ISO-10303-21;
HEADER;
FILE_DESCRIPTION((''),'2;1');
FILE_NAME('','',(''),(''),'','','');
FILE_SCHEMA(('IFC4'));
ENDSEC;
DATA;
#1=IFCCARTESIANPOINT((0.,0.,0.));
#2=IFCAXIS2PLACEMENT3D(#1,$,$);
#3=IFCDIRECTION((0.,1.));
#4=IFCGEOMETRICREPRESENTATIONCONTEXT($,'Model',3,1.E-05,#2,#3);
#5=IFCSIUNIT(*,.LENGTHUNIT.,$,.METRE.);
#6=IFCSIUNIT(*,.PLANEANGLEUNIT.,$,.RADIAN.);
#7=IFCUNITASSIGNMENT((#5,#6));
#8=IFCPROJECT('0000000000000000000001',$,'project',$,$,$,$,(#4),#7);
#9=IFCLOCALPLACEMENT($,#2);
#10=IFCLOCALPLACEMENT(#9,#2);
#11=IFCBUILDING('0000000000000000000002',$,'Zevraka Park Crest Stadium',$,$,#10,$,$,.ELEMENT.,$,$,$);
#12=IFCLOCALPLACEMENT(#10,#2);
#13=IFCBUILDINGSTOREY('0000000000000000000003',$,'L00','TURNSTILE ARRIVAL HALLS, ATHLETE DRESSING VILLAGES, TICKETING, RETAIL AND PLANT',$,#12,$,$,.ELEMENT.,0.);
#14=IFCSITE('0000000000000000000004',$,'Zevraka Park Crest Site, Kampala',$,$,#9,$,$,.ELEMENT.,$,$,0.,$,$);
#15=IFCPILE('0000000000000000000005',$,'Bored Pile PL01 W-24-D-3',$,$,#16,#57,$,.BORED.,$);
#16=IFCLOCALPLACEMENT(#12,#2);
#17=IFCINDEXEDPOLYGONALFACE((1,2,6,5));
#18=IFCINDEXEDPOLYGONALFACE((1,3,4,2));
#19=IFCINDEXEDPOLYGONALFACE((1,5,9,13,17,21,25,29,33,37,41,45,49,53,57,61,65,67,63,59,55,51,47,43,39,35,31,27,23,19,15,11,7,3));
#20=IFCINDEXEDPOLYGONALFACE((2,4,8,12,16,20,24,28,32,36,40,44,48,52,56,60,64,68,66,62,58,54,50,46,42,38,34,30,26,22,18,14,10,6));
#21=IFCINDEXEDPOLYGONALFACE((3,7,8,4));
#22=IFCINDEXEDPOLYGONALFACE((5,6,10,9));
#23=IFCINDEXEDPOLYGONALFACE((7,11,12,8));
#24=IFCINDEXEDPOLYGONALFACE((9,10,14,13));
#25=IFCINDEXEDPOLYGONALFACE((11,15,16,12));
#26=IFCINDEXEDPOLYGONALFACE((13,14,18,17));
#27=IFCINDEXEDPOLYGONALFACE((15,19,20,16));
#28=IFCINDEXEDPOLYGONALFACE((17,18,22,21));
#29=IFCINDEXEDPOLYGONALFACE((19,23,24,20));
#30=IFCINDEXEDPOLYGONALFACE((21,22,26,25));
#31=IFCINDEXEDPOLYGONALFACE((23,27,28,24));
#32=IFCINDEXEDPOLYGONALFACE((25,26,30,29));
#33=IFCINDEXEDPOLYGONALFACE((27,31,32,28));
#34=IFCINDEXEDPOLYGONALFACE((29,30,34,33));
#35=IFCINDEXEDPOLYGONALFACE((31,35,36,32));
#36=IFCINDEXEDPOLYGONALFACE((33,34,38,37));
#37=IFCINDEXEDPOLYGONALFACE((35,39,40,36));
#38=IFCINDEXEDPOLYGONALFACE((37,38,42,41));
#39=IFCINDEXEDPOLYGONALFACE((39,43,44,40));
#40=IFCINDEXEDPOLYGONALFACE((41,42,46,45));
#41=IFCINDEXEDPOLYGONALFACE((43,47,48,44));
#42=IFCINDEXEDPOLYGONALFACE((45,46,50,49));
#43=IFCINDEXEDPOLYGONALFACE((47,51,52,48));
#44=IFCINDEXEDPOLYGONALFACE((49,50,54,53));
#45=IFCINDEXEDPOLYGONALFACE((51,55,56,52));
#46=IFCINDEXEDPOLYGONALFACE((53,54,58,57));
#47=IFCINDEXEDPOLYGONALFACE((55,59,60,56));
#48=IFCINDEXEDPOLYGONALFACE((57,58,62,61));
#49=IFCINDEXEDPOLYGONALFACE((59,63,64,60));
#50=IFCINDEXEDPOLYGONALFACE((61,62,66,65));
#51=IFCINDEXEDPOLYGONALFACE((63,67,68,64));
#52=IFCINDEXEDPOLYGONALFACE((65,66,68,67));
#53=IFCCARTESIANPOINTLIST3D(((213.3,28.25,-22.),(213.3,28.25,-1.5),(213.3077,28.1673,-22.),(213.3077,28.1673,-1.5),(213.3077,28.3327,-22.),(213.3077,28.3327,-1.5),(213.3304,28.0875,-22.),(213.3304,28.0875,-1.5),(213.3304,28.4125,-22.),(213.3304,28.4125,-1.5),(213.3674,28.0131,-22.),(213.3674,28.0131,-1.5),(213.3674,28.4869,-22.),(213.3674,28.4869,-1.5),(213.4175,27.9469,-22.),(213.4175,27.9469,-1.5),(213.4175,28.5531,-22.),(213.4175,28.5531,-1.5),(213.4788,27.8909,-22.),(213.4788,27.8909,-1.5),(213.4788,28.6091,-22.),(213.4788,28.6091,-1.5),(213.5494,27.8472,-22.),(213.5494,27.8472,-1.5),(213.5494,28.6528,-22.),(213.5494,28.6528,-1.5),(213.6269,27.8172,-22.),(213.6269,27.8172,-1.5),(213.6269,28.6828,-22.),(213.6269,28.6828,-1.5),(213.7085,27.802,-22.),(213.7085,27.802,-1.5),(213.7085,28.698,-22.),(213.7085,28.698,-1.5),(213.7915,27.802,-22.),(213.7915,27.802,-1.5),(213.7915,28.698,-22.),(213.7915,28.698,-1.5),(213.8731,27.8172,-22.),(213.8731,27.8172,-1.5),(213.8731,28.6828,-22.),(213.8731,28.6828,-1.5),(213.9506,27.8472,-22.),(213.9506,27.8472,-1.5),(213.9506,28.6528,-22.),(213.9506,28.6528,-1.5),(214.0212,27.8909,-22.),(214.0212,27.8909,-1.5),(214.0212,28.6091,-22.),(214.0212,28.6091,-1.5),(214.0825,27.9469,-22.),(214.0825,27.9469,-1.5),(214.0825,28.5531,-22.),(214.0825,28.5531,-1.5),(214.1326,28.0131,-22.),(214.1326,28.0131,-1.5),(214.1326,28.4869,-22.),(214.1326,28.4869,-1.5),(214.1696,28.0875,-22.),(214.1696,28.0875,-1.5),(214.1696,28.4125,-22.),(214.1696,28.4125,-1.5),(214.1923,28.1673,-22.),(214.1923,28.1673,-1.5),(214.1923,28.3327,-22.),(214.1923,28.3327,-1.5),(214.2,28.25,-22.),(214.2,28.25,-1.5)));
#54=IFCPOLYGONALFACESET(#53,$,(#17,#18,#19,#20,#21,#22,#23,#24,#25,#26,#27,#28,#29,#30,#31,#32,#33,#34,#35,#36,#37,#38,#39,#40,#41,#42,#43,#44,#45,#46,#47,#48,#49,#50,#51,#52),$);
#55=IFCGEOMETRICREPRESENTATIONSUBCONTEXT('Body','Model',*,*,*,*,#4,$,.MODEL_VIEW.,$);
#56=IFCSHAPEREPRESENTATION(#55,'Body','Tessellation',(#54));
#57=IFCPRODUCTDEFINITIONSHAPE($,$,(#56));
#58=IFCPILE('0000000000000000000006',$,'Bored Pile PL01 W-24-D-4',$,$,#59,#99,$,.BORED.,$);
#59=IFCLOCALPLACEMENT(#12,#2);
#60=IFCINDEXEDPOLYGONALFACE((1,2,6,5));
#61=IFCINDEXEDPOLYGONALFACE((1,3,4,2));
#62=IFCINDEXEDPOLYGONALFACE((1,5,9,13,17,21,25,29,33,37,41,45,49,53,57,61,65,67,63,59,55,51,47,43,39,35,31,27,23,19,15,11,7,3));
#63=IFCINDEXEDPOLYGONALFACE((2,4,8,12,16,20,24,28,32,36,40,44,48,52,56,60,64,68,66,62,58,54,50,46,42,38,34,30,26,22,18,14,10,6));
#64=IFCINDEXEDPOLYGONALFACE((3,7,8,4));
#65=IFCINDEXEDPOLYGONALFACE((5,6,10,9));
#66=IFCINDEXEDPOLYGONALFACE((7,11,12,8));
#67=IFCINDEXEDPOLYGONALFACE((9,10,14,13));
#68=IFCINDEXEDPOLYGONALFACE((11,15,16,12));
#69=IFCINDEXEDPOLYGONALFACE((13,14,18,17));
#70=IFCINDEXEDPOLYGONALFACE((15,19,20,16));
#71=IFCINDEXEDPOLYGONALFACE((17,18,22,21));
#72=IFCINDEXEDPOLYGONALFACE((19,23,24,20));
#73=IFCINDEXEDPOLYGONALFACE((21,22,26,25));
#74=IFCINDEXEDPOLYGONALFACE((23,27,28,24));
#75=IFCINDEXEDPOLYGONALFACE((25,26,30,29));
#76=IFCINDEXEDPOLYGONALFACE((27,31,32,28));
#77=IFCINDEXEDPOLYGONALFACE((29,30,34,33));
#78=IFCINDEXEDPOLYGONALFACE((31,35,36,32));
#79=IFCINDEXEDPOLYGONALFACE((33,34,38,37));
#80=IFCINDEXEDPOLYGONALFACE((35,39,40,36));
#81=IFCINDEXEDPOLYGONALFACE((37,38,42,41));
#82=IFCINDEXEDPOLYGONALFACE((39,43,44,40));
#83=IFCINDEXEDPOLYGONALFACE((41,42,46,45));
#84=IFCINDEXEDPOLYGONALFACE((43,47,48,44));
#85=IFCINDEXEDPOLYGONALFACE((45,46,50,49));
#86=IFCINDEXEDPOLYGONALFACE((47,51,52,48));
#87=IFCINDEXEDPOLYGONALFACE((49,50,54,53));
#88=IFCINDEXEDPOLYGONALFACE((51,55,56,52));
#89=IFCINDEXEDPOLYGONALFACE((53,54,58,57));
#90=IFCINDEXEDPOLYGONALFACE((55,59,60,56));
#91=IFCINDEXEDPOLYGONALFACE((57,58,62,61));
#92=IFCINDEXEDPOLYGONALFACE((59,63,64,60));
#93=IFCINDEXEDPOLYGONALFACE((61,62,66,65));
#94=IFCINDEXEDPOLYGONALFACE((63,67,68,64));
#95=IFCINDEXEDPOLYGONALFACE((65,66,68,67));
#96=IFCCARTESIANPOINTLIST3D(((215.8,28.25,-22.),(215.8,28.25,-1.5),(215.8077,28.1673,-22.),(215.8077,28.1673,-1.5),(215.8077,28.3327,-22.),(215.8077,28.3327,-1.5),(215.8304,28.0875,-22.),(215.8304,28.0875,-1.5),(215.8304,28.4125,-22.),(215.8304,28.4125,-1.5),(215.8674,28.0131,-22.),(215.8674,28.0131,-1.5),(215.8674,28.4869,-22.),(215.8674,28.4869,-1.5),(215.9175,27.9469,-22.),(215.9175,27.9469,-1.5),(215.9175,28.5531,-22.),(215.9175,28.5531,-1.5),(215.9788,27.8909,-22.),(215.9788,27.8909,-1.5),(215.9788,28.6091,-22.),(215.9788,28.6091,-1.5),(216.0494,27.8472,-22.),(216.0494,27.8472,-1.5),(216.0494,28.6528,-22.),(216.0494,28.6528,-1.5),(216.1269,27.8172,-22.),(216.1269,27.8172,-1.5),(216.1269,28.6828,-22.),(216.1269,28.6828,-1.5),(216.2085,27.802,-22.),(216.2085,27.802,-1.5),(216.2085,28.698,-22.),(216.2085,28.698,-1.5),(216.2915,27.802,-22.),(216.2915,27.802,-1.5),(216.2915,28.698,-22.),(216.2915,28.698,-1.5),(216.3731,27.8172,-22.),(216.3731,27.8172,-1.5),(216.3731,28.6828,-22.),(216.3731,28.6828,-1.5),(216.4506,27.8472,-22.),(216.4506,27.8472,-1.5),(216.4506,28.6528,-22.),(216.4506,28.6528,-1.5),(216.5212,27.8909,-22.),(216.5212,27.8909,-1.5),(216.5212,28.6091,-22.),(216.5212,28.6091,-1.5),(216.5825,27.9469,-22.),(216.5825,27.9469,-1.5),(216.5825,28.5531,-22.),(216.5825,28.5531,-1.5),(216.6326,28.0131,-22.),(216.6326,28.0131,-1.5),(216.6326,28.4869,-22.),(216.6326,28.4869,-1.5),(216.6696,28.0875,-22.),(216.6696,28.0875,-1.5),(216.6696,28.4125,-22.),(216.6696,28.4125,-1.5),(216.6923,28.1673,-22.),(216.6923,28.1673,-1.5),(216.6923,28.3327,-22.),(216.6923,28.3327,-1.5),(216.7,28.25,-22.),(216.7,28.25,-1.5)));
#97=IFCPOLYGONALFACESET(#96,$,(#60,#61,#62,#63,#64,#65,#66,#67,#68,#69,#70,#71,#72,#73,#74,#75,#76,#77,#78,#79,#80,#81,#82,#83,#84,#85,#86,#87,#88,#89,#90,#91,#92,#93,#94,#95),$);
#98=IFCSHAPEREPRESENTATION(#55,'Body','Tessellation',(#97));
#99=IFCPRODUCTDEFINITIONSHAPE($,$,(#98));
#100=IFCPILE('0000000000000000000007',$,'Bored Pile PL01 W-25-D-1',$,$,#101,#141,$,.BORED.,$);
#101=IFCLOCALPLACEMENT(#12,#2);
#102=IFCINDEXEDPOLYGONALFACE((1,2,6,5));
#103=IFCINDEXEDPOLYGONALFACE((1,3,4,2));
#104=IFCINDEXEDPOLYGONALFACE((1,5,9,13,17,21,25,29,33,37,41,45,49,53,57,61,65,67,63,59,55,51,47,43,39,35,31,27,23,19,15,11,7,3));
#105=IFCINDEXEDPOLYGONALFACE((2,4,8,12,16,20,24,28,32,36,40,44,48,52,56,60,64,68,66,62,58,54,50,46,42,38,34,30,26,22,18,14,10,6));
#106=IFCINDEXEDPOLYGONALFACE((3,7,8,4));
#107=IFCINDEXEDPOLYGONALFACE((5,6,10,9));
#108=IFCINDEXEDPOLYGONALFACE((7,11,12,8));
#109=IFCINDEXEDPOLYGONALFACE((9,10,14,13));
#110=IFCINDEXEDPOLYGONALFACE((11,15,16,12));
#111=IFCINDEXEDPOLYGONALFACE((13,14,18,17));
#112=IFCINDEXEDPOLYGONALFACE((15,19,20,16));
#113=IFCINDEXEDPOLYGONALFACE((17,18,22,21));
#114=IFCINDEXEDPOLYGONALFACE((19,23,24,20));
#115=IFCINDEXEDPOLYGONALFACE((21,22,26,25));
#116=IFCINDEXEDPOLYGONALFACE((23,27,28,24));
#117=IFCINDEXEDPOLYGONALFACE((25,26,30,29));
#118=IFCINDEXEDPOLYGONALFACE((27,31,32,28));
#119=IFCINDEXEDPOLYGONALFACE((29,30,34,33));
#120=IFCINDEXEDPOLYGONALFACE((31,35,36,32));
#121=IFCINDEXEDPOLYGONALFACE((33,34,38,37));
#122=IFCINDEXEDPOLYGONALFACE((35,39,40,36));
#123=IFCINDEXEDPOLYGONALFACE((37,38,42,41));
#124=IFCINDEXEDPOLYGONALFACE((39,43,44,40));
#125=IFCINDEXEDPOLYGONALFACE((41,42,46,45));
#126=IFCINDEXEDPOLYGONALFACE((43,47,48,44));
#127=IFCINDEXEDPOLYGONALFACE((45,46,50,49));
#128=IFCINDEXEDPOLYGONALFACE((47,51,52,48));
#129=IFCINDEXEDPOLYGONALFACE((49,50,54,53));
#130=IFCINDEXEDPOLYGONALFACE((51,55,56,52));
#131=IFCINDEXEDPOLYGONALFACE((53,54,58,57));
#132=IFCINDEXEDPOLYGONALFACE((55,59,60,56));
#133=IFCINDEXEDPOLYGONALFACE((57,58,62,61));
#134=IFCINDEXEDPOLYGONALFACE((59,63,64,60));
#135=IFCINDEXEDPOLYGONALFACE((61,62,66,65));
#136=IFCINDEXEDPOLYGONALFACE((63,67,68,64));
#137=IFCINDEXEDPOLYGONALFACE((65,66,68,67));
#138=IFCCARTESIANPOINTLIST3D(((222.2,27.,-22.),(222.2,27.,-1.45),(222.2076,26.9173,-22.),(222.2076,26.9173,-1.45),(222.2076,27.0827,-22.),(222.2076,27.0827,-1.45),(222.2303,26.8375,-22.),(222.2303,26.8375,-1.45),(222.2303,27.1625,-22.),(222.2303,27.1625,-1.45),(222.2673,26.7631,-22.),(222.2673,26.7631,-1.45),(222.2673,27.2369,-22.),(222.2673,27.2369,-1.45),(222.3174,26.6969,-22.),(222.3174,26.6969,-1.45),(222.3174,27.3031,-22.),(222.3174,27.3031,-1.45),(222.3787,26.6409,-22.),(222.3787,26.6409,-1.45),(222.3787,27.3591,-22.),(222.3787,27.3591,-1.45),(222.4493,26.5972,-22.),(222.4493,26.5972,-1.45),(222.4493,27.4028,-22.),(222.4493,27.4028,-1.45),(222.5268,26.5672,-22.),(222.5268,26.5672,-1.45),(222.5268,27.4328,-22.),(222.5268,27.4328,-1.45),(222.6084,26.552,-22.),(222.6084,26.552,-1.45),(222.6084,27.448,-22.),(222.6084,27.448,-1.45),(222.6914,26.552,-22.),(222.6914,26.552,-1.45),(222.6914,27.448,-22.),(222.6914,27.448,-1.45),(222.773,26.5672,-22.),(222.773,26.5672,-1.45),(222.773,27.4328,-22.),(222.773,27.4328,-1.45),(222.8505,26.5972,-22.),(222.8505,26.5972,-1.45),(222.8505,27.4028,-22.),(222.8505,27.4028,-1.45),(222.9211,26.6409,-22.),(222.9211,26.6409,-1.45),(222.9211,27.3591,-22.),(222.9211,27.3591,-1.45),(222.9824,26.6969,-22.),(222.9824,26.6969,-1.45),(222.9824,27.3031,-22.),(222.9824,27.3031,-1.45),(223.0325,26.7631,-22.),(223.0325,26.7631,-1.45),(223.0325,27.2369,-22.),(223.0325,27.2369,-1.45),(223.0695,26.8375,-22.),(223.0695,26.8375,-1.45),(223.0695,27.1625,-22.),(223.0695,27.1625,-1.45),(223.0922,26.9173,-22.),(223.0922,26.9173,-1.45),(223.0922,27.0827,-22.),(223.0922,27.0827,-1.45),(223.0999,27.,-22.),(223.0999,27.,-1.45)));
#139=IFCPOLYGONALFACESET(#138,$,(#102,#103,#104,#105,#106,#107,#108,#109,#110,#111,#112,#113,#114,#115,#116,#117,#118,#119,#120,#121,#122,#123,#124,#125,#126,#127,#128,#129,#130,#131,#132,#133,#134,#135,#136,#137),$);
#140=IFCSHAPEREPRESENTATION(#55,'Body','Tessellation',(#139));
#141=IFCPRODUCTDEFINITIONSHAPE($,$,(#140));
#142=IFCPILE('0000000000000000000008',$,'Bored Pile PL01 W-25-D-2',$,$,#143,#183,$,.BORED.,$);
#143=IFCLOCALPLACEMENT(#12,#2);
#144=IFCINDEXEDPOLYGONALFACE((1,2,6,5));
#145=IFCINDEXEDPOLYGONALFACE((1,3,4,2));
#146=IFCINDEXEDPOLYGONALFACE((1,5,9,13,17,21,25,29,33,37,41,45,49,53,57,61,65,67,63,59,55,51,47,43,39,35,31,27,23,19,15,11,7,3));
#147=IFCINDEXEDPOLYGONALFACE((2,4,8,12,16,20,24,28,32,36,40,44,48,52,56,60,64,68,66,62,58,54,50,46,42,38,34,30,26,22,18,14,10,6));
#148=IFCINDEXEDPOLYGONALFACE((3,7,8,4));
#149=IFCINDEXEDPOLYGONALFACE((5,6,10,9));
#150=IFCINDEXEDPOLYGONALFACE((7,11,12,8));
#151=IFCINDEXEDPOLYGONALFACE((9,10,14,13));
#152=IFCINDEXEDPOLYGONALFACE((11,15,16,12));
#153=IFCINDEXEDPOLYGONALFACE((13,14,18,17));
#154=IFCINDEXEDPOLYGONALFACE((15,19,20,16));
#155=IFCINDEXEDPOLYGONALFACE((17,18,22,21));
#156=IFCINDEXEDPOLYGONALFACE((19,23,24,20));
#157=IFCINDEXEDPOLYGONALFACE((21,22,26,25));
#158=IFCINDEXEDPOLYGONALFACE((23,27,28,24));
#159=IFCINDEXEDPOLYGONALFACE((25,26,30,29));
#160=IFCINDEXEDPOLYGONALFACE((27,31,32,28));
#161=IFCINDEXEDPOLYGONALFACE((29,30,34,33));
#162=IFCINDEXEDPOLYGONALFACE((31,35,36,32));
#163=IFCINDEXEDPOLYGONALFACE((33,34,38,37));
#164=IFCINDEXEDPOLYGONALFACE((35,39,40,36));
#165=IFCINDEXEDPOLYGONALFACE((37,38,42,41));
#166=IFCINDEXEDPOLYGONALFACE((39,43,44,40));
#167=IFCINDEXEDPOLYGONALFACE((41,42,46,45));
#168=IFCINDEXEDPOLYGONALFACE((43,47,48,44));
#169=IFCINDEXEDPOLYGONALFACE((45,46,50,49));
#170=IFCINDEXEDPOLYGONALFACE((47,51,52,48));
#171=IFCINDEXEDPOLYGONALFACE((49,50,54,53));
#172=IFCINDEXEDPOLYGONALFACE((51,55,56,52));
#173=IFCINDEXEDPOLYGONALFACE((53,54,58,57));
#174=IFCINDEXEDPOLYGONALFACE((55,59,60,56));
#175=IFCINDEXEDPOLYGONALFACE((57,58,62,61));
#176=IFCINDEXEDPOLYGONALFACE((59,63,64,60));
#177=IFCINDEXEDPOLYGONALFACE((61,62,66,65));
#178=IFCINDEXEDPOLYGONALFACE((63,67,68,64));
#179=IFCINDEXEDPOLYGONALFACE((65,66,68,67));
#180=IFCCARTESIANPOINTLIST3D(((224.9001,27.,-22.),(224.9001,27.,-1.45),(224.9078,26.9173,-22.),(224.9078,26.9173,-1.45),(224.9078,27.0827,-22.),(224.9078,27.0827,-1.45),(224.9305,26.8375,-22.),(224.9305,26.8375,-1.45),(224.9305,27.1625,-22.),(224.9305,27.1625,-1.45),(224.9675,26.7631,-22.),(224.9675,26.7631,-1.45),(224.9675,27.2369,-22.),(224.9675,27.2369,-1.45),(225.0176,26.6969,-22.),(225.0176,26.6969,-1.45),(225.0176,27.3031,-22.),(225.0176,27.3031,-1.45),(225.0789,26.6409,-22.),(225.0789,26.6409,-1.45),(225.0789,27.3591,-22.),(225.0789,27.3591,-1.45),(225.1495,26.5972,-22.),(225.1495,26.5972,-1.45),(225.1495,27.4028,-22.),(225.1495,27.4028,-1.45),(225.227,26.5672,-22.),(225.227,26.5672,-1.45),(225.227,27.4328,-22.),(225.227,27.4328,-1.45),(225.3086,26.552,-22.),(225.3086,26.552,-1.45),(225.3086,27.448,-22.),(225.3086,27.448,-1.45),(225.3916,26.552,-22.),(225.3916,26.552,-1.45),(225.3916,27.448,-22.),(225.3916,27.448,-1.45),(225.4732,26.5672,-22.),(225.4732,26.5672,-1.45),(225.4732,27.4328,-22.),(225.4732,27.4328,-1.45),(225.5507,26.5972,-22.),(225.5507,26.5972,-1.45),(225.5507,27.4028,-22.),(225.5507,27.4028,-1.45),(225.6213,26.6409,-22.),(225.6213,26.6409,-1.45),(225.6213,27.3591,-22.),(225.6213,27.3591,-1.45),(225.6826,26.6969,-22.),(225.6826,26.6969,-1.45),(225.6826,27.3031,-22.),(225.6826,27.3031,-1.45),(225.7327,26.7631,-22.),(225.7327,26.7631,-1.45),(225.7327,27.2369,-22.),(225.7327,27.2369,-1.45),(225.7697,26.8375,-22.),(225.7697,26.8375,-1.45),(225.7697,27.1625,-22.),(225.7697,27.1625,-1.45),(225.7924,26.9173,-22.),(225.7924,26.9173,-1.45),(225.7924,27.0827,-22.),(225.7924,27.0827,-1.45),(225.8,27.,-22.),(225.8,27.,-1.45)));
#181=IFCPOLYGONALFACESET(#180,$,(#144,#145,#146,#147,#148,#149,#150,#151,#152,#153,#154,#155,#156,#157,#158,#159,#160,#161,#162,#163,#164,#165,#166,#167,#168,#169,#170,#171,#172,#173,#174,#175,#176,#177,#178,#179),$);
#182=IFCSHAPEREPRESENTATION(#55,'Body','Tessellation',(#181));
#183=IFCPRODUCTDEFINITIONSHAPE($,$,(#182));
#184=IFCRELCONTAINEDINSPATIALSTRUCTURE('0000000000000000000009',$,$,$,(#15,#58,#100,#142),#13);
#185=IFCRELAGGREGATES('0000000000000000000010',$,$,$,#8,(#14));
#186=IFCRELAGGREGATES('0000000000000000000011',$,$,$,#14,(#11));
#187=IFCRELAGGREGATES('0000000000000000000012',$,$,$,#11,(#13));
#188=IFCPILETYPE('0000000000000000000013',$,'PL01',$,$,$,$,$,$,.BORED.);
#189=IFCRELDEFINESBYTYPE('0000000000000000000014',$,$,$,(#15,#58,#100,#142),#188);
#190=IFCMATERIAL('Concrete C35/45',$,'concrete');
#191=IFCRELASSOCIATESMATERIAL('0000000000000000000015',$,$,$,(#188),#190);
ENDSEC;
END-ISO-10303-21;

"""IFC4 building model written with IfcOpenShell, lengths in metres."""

from ifc_helpers import new_model, si_unit, direction, frame, origin, origin_2d, place, context, subcontext, project, spatial, circle, extrude, material, material_profile, profile_set, type_object, element, save


model = new_model("IFC4")

# Units and contexts
model_context = context("Model", 3, precision=1e-05, world=origin(), true_north=direction((0.0, 1.0)))
body_context = subcontext(model_context, "Body", "Model", "MODEL_VIEW")
ifc_project = project(units=[si_unit("LENGTHUNIT", "METRE"), si_unit("PLANEANGLEUNIT", "RADIAN")], contexts=[model_context])

# Site, building, storey
site_placement = place(None, origin())
site = spatial("IfcSite", under=ifc_project, at=site_placement, Name="Zevraka Park Crest Site, Kampala", CompositionType="ELEMENT", RefElevation=0.0)
building_placement = place(site_placement, origin())
building = spatial("IfcBuilding", under=site, at=building_placement, Name="Zevraka Park Crest Stadium", CompositionType="ELEMENT")
storey_placement = place(building_placement, origin())
storey = spatial("IfcBuildingStorey", under=building, at=storey_placement, Name="L00", Description="TURNSTILE ARRIVAL HALLS, ATHLETE DRESSING VILLAGES, TICKETING, RETAIL AND PLANT", CompositionType="ELEMENT", Elevation=0.0)

# Piles
ifc_material_1 = material(Name="Concrete C35/45", Category="concrete")
ifc_material_profile_1 = material_profile(ifc_material_1, circle(Radius=0.45, at=origin_2d()), Name="PILE D900")
ifc_profile_set_1 = profile_set([ifc_material_profile_1], Name="Concrete C35/45")
pile_type_1 = type_object("IfcPileType", Name="PL01", PredefinedType="BORED", material=ifc_profile_set_1)
for number, where, z_axis, x_axis, name in (
    (1, (213.75, 28.25, -1.5), (0.0, 0.0, -1.0), (1.0, 0.0, 0.0), "Bored Pile PL01 W-24-D-3"),
    (2, (216.25, 28.25, -1.5), (0.0, 0.0, -1.0), (1.0, 0.0, 0.0), "Bored Pile PL01 W-24-D-4"),
):
    element("IfcPile", number, at=place(storey_placement, frame(where, z_axis=z_axis, x_axis=x_axis)), inside=storey, type_object=pile_type_1, Name=name, PredefinedType="BORED", context=body_context, shape_type="SweptSolid", body=[
        extrude(circle(Radius=0.45, at=origin_2d()), origin(), (0.0, 0.0, 1.0), 20.5),
    ])
for number, where, z_axis, x_axis, name in (
    (3, (222.6499, 27.0, -1.45), (0.0, 0.0, -1.0), (1.0, 0.0, 0.0), "Bored Pile PL01 W-25-D-1"),
    (4, (225.3501, 27.0, -1.45), (0.0, 0.0, -1.0), (1.0, 0.0, 0.0), "Bored Pile PL01 W-25-D-2"),
):
    element("IfcPile", number, at=place(storey_placement, frame(where, z_axis=z_axis, x_axis=x_axis)), inside=storey, type_object=pile_type_1, Name=name, PredefinedType="BORED", context=body_context, shape_type="SweptSolid", body=[
        extrude(circle(Radius=0.45, at=origin_2d()), origin(), (0.0, 0.0, 1.0), 20.55),
    ])

save(model, "model.ifc")
